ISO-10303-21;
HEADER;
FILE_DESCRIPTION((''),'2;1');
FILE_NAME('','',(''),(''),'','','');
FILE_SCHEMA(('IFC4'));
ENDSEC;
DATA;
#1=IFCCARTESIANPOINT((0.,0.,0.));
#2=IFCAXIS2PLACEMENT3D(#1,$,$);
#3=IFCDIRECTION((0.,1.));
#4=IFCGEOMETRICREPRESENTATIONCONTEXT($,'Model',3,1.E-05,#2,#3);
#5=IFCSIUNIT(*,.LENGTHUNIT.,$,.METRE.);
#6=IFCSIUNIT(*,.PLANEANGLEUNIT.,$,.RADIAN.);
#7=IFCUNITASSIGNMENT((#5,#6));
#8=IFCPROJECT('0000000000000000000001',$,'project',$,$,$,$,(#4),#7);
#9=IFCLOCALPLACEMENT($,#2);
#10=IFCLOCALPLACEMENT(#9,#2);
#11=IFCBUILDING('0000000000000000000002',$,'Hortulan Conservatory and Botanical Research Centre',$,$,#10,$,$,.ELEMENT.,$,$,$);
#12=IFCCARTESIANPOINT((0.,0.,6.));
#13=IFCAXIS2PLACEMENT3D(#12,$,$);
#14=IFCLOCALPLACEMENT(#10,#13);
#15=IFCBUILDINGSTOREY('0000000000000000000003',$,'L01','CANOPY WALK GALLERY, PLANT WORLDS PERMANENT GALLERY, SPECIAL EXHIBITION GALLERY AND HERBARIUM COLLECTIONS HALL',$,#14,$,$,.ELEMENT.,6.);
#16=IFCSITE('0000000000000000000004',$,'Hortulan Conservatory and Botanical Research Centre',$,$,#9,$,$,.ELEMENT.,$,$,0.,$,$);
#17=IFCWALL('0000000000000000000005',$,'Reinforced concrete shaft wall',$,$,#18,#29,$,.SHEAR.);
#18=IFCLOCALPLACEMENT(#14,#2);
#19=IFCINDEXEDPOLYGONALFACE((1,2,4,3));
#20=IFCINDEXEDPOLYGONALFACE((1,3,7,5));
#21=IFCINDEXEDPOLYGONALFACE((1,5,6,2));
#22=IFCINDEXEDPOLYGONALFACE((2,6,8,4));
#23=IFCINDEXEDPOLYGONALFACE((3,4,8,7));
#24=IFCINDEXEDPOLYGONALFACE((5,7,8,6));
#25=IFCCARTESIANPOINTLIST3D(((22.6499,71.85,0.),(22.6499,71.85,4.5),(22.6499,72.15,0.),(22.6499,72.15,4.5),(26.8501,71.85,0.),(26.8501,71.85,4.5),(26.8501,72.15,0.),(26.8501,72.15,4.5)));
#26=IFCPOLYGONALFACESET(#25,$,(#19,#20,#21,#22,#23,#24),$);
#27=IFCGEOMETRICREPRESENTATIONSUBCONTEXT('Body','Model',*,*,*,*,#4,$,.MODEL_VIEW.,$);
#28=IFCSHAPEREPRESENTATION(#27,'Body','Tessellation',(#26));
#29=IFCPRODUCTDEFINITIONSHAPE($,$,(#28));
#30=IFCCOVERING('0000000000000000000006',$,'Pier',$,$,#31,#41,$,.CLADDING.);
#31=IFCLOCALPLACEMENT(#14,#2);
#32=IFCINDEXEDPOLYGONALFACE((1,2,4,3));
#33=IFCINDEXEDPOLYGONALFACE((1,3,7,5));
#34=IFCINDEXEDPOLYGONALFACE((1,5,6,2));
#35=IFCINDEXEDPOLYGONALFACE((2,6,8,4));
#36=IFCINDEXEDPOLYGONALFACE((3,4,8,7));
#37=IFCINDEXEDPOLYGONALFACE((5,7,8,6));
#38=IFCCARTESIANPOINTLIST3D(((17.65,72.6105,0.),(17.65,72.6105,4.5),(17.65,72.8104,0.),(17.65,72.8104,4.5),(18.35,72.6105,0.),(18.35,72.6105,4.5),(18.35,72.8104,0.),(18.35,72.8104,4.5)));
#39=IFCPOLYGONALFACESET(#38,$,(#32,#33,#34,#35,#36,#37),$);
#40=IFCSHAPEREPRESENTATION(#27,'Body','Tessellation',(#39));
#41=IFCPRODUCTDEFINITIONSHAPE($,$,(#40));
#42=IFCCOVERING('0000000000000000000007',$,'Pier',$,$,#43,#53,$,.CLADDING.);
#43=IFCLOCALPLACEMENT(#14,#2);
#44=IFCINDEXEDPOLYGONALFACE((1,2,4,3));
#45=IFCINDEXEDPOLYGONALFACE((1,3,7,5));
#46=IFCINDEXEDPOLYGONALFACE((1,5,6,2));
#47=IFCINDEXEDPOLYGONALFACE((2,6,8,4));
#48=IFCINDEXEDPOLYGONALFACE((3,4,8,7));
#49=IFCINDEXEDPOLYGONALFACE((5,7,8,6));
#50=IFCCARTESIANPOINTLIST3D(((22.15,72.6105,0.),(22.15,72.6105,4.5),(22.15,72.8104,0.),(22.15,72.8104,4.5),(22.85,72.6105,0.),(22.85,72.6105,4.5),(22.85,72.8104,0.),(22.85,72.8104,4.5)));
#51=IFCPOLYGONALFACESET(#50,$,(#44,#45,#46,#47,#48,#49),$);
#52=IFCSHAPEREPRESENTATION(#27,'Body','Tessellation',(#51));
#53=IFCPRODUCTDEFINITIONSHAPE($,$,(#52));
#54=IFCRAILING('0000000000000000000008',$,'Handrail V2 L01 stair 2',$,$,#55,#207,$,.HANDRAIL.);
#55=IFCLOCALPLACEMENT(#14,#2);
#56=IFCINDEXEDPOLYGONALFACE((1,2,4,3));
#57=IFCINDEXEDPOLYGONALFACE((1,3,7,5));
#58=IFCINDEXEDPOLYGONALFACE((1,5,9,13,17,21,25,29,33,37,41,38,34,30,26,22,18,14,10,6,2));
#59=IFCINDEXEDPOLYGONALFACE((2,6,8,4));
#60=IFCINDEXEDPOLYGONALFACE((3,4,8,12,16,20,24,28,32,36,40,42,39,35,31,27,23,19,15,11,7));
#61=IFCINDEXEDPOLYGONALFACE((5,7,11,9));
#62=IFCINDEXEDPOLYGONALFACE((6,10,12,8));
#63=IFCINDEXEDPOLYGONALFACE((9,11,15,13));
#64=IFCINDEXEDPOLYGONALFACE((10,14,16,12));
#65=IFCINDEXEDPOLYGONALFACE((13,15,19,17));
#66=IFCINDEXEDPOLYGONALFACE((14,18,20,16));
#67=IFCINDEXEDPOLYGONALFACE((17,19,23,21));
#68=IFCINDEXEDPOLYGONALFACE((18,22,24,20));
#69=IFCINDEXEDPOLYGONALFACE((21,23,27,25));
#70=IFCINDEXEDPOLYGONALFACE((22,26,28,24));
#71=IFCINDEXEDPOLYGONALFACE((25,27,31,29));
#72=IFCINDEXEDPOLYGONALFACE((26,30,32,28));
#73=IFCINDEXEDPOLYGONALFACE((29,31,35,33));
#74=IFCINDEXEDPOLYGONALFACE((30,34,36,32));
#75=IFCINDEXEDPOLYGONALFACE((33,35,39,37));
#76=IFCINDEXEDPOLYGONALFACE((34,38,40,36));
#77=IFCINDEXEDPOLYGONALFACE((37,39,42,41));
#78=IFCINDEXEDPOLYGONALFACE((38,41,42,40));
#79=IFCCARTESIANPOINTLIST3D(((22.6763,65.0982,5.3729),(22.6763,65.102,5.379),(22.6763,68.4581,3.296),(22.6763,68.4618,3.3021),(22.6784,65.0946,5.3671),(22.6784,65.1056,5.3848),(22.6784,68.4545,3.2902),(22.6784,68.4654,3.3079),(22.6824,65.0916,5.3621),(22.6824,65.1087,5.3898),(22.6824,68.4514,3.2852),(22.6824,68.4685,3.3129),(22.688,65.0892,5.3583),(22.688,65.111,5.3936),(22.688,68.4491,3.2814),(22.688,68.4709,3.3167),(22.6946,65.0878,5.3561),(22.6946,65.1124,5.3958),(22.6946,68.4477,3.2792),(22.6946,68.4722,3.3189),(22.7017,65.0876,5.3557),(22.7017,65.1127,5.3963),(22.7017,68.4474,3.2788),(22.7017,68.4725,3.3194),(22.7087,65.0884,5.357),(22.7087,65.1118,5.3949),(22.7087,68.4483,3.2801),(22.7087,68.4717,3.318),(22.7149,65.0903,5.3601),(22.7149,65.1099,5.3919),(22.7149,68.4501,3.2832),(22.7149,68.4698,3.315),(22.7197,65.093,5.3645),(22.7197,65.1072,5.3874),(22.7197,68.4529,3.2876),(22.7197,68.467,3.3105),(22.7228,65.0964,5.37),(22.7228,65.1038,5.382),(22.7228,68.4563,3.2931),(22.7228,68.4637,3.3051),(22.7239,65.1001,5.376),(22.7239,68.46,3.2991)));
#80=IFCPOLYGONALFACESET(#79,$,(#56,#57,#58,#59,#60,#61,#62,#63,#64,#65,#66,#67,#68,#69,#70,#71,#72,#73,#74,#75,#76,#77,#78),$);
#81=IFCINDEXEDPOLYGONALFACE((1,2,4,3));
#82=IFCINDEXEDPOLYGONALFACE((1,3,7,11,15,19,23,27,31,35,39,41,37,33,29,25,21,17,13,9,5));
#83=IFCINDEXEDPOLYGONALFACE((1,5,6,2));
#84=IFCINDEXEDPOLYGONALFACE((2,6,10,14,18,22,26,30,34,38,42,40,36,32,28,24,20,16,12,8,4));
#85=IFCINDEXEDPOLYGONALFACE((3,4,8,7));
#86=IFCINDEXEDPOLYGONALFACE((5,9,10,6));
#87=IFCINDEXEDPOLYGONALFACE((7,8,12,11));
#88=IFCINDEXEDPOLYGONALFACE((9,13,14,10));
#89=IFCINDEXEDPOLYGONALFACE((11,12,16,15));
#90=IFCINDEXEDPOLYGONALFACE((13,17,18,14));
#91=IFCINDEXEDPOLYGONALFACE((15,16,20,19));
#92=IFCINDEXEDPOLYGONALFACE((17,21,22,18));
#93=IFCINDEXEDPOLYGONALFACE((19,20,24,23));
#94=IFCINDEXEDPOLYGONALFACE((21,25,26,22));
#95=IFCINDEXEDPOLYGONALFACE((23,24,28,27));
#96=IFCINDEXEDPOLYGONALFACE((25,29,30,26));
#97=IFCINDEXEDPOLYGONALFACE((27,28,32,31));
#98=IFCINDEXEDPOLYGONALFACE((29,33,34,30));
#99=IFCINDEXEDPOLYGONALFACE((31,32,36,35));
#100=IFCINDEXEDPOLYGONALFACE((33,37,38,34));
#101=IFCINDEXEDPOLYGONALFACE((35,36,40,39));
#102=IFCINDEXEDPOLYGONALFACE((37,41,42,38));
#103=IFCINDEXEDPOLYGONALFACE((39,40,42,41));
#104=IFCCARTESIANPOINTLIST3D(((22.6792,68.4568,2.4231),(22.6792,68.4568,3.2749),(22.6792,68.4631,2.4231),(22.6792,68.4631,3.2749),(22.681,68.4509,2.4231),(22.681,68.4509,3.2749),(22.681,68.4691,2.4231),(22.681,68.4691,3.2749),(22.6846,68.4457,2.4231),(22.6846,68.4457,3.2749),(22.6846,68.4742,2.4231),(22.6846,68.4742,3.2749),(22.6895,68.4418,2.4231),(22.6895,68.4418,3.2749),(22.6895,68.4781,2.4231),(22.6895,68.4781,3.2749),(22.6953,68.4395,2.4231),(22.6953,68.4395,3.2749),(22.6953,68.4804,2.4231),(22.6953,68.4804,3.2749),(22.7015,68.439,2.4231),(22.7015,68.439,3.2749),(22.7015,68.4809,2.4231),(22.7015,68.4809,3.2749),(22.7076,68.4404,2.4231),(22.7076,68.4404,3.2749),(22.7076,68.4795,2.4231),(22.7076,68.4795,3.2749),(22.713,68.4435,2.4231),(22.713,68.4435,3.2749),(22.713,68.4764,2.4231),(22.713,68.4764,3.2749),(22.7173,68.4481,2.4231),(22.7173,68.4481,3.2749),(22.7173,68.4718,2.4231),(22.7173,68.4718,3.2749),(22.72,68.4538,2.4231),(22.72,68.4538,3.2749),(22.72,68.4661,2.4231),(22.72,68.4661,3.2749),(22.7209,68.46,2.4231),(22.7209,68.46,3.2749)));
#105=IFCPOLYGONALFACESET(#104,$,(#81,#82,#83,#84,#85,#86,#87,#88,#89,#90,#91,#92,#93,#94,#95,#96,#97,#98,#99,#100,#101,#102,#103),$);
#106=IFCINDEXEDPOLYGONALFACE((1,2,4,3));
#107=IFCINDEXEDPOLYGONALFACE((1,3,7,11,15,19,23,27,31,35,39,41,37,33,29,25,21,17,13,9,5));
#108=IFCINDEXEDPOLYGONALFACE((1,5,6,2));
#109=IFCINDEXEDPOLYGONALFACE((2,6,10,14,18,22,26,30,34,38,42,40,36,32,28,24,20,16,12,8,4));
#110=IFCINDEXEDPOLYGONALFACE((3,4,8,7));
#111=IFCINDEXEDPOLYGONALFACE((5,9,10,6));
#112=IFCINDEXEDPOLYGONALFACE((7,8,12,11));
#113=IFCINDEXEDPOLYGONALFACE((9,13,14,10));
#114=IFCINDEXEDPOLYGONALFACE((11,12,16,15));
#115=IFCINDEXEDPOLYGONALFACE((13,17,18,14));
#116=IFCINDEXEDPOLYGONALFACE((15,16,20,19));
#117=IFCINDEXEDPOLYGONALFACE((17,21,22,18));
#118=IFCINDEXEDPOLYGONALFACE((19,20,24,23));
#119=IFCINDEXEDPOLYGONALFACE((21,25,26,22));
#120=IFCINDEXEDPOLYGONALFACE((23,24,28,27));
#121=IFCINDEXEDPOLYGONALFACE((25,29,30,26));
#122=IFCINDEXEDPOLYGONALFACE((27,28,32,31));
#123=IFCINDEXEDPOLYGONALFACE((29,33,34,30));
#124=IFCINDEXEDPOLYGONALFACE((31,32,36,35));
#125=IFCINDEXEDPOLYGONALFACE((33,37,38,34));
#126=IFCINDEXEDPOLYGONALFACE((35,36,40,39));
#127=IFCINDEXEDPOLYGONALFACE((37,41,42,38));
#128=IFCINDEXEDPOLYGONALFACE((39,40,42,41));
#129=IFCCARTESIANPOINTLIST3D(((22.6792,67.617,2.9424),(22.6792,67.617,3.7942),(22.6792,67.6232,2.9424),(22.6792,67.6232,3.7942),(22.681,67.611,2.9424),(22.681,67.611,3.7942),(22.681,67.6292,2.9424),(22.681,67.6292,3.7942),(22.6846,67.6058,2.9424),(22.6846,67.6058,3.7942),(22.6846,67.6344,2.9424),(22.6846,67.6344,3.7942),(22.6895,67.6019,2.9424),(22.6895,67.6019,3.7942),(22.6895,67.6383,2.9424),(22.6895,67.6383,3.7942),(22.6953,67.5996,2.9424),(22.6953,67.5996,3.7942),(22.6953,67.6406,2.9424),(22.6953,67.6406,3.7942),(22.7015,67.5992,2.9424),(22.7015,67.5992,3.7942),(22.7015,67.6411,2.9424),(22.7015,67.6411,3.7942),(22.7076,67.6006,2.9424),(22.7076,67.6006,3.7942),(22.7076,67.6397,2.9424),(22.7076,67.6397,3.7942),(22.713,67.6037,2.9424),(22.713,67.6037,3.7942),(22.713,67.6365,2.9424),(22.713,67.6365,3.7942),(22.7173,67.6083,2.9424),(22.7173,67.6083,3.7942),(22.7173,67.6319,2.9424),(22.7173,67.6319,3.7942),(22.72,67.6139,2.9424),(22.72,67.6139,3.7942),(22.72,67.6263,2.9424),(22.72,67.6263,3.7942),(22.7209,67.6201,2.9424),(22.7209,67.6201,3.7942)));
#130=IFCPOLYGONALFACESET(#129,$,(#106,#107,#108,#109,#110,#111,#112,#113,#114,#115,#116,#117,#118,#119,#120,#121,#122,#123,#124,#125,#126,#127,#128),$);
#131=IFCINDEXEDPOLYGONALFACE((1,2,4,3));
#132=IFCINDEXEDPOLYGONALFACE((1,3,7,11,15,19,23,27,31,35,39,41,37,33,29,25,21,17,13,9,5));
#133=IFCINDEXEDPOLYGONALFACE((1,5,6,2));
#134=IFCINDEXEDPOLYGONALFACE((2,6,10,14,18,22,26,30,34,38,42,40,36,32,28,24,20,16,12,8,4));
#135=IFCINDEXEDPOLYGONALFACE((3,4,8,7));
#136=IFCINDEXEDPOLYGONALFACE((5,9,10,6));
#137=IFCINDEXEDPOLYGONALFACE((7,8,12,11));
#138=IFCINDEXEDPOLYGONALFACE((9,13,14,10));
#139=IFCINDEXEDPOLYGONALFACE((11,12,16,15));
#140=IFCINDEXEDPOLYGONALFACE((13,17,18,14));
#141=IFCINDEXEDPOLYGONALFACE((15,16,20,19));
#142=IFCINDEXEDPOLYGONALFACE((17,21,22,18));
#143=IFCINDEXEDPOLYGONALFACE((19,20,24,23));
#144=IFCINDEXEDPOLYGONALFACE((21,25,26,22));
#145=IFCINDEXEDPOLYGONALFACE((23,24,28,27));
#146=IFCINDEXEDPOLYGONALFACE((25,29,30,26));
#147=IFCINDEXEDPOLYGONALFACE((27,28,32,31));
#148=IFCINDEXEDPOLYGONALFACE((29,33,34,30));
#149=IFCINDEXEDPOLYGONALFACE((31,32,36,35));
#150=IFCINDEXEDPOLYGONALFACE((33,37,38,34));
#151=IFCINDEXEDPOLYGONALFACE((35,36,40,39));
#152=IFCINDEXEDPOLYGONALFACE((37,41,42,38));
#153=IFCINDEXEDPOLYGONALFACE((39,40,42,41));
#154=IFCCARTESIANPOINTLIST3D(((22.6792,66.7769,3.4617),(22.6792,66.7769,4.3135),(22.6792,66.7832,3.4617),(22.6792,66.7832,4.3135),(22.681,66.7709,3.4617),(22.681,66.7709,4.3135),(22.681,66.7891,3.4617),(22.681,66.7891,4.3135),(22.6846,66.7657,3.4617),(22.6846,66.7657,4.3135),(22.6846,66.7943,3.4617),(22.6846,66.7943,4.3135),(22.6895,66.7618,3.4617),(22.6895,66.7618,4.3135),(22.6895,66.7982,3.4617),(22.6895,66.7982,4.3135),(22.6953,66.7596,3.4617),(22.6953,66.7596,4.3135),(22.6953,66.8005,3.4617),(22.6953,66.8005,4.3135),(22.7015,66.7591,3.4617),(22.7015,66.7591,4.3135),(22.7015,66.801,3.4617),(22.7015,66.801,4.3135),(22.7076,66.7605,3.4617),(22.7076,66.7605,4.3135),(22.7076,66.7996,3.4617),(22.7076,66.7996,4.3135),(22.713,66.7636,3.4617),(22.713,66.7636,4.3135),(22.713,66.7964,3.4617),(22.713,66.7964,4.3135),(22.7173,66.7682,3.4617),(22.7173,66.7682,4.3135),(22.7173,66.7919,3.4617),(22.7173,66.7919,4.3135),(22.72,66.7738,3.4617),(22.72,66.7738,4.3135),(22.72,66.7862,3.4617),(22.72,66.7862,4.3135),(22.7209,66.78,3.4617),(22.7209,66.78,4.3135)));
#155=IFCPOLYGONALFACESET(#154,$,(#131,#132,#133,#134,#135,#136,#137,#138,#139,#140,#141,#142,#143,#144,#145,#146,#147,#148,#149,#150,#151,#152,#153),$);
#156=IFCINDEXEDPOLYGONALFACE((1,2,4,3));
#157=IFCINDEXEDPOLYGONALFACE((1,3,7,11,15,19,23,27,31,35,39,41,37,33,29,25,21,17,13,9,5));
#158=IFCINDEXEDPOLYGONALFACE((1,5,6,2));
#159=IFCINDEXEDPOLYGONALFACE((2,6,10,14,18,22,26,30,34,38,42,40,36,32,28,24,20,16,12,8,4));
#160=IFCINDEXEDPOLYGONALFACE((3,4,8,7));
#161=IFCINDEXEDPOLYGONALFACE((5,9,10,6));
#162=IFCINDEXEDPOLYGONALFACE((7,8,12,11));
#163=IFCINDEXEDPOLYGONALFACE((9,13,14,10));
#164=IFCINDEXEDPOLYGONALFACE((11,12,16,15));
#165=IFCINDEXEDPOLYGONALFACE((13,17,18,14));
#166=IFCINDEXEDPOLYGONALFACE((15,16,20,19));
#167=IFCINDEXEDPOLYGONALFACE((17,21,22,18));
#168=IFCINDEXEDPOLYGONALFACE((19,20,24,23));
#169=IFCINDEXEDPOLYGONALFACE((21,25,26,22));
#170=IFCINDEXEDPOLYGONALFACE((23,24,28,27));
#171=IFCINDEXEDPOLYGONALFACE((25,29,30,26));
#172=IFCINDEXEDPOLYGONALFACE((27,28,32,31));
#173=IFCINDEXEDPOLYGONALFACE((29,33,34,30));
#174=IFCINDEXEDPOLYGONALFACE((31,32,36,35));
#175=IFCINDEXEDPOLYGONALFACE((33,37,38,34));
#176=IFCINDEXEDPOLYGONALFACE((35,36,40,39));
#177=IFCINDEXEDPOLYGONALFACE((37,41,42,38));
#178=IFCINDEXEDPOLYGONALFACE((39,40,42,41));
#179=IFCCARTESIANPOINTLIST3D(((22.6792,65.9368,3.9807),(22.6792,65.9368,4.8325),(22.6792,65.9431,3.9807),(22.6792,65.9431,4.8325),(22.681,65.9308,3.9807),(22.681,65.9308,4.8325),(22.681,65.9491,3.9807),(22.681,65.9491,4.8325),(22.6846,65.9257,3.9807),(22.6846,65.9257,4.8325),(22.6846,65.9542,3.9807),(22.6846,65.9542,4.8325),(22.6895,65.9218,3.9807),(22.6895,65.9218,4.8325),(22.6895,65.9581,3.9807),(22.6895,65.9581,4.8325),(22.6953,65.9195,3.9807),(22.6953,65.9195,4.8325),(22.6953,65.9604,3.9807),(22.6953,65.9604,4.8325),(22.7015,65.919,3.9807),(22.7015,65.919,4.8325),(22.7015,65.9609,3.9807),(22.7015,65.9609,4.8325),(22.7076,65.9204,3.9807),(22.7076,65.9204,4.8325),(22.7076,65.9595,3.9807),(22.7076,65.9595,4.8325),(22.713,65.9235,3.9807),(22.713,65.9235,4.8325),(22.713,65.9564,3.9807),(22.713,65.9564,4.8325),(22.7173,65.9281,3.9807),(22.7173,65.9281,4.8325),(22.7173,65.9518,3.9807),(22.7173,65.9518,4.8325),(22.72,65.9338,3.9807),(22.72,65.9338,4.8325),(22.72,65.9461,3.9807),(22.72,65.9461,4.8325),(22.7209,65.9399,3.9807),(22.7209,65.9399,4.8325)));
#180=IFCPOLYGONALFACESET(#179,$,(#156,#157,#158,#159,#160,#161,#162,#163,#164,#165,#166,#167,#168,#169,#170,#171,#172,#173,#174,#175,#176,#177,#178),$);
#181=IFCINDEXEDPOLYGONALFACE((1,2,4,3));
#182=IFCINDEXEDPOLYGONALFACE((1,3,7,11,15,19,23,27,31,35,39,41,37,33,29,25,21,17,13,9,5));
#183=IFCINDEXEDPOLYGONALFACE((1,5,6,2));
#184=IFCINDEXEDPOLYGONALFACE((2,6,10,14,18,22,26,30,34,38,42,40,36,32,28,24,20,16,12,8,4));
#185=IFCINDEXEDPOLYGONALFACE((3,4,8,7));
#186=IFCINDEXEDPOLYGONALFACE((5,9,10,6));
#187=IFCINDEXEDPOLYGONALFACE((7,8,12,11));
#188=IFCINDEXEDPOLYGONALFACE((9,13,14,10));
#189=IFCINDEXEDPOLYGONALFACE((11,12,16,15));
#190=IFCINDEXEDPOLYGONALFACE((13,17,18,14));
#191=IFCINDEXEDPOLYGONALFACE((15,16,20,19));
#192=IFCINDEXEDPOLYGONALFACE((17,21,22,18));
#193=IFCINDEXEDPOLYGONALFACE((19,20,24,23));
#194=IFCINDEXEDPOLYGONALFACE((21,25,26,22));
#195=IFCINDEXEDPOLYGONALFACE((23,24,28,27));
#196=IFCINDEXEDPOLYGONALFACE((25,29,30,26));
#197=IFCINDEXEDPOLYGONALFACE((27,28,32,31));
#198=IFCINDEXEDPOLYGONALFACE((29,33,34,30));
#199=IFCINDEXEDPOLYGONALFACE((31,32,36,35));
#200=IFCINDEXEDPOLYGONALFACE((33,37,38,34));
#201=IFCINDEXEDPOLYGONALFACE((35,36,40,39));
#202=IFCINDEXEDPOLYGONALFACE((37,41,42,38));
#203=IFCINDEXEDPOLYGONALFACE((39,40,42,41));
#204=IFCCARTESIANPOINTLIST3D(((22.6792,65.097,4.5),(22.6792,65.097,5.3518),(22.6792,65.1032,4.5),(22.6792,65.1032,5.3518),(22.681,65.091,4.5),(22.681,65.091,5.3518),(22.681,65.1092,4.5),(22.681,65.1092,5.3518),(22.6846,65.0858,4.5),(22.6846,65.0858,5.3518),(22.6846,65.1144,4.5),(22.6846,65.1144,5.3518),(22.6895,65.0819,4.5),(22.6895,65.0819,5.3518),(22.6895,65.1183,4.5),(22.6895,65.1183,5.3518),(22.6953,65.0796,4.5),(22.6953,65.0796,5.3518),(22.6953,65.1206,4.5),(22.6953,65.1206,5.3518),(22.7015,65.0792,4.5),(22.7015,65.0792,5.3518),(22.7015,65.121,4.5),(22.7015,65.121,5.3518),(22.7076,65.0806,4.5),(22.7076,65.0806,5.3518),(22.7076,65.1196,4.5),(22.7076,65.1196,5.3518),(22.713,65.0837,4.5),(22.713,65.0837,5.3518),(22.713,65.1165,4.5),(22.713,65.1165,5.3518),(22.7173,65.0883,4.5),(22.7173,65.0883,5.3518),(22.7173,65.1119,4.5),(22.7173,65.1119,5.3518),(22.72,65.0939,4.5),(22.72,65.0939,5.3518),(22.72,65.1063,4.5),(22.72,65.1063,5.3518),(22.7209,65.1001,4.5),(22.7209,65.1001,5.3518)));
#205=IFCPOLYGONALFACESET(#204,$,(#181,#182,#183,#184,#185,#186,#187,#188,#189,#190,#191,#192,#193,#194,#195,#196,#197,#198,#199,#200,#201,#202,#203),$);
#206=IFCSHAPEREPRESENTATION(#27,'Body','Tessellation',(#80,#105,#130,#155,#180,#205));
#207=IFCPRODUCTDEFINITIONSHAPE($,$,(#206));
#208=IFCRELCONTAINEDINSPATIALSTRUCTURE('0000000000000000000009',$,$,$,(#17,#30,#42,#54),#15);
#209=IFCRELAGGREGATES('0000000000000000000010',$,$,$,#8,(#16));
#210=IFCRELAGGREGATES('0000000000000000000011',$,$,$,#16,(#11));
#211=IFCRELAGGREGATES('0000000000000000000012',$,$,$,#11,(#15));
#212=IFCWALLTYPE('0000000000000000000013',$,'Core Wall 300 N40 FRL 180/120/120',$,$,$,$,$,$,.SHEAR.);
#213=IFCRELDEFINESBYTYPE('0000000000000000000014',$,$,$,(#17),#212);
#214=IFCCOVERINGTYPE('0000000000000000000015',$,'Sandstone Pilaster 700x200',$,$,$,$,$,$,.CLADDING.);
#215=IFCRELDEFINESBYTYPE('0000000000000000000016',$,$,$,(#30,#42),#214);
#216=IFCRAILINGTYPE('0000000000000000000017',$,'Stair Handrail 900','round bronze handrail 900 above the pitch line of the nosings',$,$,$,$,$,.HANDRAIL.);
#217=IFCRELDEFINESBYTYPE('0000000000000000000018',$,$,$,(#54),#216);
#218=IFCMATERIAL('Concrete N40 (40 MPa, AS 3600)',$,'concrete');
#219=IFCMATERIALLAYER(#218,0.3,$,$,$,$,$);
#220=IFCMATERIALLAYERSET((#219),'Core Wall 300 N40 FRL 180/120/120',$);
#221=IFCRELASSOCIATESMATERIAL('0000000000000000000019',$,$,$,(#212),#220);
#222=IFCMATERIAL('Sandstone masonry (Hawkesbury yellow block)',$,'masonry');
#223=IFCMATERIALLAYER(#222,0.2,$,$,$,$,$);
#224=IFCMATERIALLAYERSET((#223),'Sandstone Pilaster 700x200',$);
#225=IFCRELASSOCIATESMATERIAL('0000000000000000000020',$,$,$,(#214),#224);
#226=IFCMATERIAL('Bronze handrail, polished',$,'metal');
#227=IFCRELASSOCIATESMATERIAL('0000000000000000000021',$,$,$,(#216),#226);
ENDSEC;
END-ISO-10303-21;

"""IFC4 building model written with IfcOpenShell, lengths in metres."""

from ifc_helpers import new_model, si_unit, direction, frame, frame_2d, origin, origin_2d, place, context, subcontext, project, spatial, rectangle, circle, extrude, material, layer, layer_set, type_object, element, save


model = new_model("IFC4")

# Units and contexts
model_context = context("Model", 3, precision=1e-05, world=origin(), true_north=direction((0.0, 1.0)))
body_context = subcontext(model_context, "Body", "Model", "MODEL_VIEW")
ifc_project = project(units=[si_unit("LENGTHUNIT", "METRE"), si_unit("PLANEANGLEUNIT", "RADIAN")], contexts=[model_context])

# Site, building, storey
site_placement = place(None, origin())
site = spatial("IfcSite", under=ifc_project, at=site_placement, Name="Hortulan Conservatory and Botanical Research Centre", CompositionType="ELEMENT", RefElevation=0.0)
building_placement = place(site_placement, origin())
building = spatial("IfcBuilding", under=site, at=building_placement, Name="Hortulan Conservatory and Botanical Research Centre", CompositionType="ELEMENT")
storey_placement = place(building_placement, frame((0.0, 0.0, 6.0)))
storey = spatial("IfcBuildingStorey", under=building, at=storey_placement, Name="L01", Description="CANOPY WALK GALLERY, PLANT WORLDS PERMANENT GALLERY, SPECIAL EXHIBITION GALLERY AND HERBARIUM COLLECTIONS HALL", CompositionType="ELEMENT", Elevation=6.0)

# Shared definitions
ifc_material_1 = material(Name="Concrete N40 (40 MPa, AS 3600)", Category="concrete")
ifc_layer_1 = layer(ifc_material_1, 0.3)
ifc_layer_set_1 = layer_set([ifc_layer_1], Name="Core Wall 300 N40 FRL 180/120/120")
wall_type = type_object("IfcWallType", Name="Core Wall 300 N40 FRL 180/120/120", PredefinedType="SHEAR", material=ifc_layer_set_1)

# Wall
wall_1_placement = place(storey_placement, frame((22.6499, 72.0, 0.0), z_axis=(0.0, 0.0, 1.0), x_axis=(1.0, 0.0, 0.0)))
element("IfcWall", 1, at=wall_1_placement, inside=storey, type_object=wall_type, Name="Reinforced concrete shaft wall", PredefinedType="SHEAR", context=body_context, shape_type="SweptSolid", body=[
    extrude(rectangle(XDim=4.2002, YDim=0.3, at=frame_2d((2.1001, 0.0))), origin(), (0.0, 0.0, 1.0), 4.5),
])

# Coverings
ifc_material_2 = material(Name="Sandstone masonry (Hawkesbury yellow block)", Category="masonry")
ifc_layer_2 = layer(ifc_material_2, 0.2)
ifc_layer_set_2 = layer_set([ifc_layer_2], Name="Sandstone Pilaster 700x200")
covering_type = type_object("IfcCoveringType", Name="Sandstone Pilaster 700x200", PredefinedType="CLADDING", material=ifc_layer_set_2)
for number, where, z_axis, x_axis, name in (
    (2, (18.0, 72.7104, 0.0), (0.0, 0.0, 1.0), (1.0, 0.0, 0.0), "Pier"),
    (3, (22.5, 72.7104, 0.0), (0.0, 0.0, 1.0), (1.0, 0.0, 0.0), "Pier"),
):
    element("IfcCovering", number, at=place(storey_placement, frame(where, z_axis=z_axis, x_axis=x_axis)), inside=storey, type_object=covering_type, Name=name, PredefinedType="CLADDING", context=body_context, shape_type="SweptSolid", body=[
        extrude(rectangle(XDim=0.7, YDim=0.2, at=origin_2d()), origin(), (0.0, 0.0, 1.0), 4.5),
    ])

# Railing
ifc_material_3 = material(Name="Bronze handrail, polished", Category="metal")
railing_type = type_object("IfcRailingType", Name="Stair Handrail 900", Description="round bronze handrail 900 above the pitch line of the nosings", PredefinedType="HANDRAIL", material=ifc_material_3)
railing_placement = place(storey_placement, frame((22.7, 68.46, 2.4231)))
element("IfcRailing", 4, at=railing_placement, inside=storey, type_object=railing_type, Name="Handrail V2 L01 stair 2", PredefinedType="HANDRAIL", context=body_context, shape_type="SweptSolid", body=[
    extrude(circle(Radius=0.0239, at=origin_2d()), frame((0.0, 0.0, 0.876), z_axis=(0.0, -0.850606, 0.525803), x_axis=(1.0, 0.0, 0.0)), (0.0, 0.0, 1.0), 3.95),
    extrude(circle(Radius=0.021, at=origin_2d()), origin(), (0.0, 0.0, 1.0), 0.8518),
    extrude(circle(Radius=0.021, at=origin_2d()), frame((0.0, -0.8398, 0.5193)), (0.0, 0.0, 1.0), 0.8518),
    extrude(circle(Radius=0.021, at=origin_2d()), frame((0.0, -1.6799, 1.0386)), (0.0, 0.0, 1.0), 0.8518),
    extrude(circle(Radius=0.021, at=origin_2d()), frame((0.0, -2.52, 1.5576)), (0.0, 0.0, 1.0), 0.8518),
    extrude(circle(Radius=0.021, at=origin_2d()), frame((0.0, -3.3599, 2.0769)), (0.0, 0.0, 1.0), 0.8518),
])

save(model, "model.ifc")
